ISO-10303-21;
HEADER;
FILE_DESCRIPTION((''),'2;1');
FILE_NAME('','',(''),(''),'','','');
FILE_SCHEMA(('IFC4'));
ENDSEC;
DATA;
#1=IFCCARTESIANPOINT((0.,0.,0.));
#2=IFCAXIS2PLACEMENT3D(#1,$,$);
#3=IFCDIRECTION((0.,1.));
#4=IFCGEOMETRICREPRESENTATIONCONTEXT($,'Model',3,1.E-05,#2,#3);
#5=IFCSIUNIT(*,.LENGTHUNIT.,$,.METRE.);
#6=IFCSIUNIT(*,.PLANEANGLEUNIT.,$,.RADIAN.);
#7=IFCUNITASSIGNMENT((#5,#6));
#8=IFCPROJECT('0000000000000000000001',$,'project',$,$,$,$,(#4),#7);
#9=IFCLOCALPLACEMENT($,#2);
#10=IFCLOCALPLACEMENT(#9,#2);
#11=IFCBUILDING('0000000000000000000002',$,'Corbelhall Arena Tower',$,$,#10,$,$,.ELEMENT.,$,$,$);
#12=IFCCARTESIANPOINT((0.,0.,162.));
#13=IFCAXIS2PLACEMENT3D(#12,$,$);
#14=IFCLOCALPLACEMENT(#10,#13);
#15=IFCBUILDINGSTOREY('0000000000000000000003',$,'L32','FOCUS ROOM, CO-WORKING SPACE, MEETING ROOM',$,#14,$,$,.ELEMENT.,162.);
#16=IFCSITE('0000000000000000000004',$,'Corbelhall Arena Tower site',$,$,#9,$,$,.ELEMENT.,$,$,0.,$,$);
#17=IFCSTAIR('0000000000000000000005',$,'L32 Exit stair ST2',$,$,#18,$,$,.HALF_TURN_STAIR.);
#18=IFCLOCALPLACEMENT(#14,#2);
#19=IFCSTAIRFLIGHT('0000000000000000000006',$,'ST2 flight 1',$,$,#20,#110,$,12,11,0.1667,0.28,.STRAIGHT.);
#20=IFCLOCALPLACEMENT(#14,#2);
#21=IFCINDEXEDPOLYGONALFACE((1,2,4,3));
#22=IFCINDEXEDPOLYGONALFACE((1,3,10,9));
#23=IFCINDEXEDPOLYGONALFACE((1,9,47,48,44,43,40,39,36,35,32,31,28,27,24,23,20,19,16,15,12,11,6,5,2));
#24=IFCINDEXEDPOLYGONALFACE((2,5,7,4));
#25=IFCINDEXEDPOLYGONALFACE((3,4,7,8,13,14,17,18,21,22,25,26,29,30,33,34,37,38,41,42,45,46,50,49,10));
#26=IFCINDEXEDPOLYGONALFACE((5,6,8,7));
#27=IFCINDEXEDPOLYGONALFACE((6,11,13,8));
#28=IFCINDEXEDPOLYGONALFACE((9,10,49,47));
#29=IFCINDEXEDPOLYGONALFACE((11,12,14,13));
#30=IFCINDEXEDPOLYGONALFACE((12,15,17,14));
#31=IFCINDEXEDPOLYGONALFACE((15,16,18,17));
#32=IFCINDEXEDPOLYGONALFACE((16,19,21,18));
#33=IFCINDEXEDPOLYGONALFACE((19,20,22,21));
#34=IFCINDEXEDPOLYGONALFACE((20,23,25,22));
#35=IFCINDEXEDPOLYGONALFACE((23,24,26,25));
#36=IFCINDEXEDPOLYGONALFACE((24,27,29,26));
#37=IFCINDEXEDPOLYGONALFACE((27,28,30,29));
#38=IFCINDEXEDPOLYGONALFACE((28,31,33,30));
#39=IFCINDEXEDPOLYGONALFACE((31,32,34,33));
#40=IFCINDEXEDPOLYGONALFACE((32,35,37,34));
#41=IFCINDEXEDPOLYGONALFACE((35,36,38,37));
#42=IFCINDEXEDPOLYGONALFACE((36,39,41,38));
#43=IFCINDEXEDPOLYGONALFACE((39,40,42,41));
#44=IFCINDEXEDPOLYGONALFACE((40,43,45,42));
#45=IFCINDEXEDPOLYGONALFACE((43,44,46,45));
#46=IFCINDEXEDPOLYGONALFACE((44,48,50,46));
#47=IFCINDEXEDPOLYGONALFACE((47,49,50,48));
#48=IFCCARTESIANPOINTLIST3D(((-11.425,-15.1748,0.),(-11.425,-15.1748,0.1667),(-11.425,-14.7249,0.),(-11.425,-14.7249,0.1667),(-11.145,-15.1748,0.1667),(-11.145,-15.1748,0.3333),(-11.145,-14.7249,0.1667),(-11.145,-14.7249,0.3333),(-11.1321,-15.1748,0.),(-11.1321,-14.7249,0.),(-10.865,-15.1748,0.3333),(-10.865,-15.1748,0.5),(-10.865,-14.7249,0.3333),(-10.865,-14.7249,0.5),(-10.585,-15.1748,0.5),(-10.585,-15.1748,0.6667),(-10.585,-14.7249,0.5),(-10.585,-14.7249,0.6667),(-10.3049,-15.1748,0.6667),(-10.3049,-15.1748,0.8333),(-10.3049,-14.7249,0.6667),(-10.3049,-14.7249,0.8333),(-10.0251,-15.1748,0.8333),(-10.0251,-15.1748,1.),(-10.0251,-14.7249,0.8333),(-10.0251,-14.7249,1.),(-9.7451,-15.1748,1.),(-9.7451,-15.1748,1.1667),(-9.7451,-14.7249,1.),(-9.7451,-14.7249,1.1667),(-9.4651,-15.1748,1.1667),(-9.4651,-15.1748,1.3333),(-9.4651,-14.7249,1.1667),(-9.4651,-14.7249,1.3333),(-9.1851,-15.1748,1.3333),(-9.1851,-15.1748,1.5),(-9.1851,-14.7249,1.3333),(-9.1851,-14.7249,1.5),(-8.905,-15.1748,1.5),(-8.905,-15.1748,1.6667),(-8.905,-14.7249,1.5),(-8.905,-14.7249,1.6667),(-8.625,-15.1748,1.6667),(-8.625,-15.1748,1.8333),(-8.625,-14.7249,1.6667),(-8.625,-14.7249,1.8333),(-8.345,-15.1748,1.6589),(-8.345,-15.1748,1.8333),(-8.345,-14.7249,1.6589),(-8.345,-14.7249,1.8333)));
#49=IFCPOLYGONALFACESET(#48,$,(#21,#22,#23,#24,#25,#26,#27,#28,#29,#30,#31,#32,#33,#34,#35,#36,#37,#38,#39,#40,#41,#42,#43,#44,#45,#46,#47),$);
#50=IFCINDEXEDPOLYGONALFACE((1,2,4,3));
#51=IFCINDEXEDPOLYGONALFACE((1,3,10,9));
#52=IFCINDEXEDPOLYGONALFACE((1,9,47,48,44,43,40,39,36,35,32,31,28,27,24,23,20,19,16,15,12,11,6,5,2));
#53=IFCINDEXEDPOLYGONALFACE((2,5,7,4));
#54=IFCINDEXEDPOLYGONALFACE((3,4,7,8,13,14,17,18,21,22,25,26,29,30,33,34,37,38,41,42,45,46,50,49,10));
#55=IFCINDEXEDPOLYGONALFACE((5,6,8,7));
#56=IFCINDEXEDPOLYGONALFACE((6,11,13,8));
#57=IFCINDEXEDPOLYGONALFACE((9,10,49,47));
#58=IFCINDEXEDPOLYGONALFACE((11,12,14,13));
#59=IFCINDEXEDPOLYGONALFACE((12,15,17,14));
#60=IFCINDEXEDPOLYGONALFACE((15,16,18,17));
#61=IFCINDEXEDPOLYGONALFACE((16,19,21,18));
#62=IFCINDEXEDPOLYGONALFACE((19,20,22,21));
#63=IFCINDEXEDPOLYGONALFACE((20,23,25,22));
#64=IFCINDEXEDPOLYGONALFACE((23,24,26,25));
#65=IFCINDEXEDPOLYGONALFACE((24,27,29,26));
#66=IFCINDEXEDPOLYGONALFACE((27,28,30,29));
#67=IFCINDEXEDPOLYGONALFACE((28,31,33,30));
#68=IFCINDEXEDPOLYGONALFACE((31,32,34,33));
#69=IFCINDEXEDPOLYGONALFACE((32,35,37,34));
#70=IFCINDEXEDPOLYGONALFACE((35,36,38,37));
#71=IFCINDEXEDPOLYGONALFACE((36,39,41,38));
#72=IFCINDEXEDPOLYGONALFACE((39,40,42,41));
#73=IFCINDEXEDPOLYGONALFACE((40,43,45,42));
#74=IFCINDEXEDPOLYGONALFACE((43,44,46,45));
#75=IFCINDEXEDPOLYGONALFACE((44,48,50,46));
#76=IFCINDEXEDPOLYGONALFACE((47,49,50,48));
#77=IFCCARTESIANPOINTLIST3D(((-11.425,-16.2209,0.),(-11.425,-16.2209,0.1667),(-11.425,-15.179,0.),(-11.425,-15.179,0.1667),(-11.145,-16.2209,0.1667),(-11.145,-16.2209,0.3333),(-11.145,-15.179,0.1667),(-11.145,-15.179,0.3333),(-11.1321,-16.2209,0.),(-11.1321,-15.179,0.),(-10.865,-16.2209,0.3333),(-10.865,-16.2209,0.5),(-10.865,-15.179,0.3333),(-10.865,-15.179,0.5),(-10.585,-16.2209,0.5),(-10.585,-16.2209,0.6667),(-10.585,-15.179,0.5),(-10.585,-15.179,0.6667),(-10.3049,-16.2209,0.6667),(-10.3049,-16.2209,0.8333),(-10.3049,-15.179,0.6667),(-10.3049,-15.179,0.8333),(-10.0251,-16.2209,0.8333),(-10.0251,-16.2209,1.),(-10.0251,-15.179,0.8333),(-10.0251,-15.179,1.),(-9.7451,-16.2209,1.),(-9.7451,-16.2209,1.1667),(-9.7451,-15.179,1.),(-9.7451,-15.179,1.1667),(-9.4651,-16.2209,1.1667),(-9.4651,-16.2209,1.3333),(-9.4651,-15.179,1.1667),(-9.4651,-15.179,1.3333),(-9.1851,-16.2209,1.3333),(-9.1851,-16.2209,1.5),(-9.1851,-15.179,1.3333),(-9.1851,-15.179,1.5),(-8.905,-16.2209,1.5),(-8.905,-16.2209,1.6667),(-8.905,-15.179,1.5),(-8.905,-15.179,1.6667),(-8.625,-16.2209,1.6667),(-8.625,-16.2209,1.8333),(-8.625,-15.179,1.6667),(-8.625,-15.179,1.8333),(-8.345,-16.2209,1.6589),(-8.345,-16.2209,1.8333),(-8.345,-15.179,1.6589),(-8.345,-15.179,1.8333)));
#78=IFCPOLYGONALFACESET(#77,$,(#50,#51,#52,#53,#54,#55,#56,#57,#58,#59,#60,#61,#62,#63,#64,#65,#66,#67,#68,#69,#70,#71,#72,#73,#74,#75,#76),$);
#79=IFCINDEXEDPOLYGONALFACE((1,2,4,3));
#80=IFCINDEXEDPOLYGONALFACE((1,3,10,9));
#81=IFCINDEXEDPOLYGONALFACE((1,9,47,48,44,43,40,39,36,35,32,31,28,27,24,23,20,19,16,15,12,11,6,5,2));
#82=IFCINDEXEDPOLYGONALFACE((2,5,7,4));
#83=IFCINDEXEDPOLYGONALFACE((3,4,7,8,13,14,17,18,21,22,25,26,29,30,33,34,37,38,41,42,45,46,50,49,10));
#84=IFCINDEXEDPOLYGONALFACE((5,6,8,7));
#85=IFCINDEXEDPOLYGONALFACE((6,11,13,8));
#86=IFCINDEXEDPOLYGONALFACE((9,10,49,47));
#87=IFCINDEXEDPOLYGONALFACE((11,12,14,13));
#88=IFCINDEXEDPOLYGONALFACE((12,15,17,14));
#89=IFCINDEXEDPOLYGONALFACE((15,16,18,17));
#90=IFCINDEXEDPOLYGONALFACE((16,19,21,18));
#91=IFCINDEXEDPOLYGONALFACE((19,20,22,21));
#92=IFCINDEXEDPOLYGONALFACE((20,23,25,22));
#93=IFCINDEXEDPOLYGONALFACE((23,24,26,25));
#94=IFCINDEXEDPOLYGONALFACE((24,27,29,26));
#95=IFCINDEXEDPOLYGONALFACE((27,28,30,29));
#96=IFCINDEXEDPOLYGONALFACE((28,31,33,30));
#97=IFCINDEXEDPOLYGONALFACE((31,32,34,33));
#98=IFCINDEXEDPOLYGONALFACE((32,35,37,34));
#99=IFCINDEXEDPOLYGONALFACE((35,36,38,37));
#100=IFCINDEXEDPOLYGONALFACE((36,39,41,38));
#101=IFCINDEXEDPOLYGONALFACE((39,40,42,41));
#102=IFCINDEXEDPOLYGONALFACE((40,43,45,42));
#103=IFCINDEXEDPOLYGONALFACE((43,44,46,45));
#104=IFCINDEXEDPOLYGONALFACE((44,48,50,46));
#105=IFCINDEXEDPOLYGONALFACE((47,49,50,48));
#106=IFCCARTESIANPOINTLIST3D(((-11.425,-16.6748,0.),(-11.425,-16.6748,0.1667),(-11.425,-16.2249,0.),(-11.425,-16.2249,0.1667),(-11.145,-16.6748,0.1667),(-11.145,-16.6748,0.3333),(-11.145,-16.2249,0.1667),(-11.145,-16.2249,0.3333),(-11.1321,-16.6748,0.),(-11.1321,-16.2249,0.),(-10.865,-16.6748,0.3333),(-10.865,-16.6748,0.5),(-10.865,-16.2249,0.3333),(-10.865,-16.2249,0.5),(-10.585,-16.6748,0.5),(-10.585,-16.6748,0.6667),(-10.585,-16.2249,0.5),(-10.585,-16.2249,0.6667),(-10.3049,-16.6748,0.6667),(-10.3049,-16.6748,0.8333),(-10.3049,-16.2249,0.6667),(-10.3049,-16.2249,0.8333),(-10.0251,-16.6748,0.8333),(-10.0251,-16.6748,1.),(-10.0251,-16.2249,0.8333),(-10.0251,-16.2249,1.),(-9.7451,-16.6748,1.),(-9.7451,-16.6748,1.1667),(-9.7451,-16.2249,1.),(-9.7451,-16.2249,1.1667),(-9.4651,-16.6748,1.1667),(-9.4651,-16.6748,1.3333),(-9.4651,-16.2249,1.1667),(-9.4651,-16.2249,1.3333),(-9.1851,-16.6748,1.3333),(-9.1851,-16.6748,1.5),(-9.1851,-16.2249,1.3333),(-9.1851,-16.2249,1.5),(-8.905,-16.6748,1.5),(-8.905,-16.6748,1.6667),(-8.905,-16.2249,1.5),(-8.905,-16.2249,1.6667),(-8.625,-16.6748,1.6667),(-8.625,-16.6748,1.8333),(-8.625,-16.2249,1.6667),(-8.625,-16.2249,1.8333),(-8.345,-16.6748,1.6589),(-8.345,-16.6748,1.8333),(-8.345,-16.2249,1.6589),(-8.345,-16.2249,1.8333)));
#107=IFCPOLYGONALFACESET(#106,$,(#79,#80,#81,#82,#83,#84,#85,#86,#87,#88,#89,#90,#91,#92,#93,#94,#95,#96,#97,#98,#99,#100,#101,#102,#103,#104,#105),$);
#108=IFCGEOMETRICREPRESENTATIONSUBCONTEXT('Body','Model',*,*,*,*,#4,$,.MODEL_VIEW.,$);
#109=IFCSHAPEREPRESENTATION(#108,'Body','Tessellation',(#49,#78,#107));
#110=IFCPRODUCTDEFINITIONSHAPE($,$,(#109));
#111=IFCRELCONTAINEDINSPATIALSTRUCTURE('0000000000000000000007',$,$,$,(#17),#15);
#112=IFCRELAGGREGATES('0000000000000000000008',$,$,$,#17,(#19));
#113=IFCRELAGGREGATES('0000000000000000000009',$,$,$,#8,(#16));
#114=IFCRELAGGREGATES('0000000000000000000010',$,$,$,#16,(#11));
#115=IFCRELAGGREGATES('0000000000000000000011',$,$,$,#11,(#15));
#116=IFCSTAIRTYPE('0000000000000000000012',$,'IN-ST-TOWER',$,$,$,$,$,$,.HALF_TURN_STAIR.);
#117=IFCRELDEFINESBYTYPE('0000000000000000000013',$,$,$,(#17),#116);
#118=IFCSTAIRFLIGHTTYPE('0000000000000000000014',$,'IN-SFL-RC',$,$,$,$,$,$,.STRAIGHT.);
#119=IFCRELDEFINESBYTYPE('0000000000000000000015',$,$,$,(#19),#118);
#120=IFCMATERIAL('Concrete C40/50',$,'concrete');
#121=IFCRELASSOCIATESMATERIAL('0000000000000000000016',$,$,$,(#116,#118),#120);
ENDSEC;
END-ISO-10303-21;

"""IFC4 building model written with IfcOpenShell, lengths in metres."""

from ifc_helpers import new_model, si_unit, direction, frame, origin, place, context, subcontext, project, spatial, polyline, outline, extrude, material, type_object, element, aggregate, save


model = new_model("IFC4")

# Units and contexts
model_context = context("Model", 3, precision=1e-05, world=origin(), true_north=direction((0.0, 1.0)))
body_context = subcontext(model_context, "Body", "Model", "MODEL_VIEW")
ifc_project = project(units=[si_unit("LENGTHUNIT", "METRE"), si_unit("PLANEANGLEUNIT", "RADIAN")], contexts=[model_context])

# Site, building, storey
site_placement = place(None, origin())
site = spatial("IfcSite", under=ifc_project, at=site_placement, Name="Corbelhall Arena Tower site", CompositionType="ELEMENT", RefElevation=0.0)
building_placement = place(site_placement, origin())
building = spatial("IfcBuilding", under=site, at=building_placement, Name="Corbelhall Arena Tower", CompositionType="ELEMENT")
storey_placement = place(building_placement, frame((0.0, 0.0, 162.0)))
storey = spatial("IfcBuildingStorey", under=building, at=storey_placement, Name="L32", Description="FOCUS ROOM, CO-WORKING SPACE, MEETING ROOM", CompositionType="ELEMENT", Elevation=162.0)

# Stair, stair flight
ifc_material_1 = material(Name="Concrete C40/50", Category="concrete")
stair_type = type_object("IfcStairType", Name="IN-ST-TOWER", PredefinedType="HALF_TURN_STAIR", material=ifc_material_1)
stair_placement = place(storey_placement, origin())
stair = element("IfcStair", 1, at=stair_placement, inside=storey, type_object=stair_type, Name="L32 Exit stair ST2", PredefinedType="HALF_TURN_STAIR")
stair_flight_type = type_object("IfcStairFlightType", Name="IN-SFL-RC", PredefinedType="STRAIGHT", material=ifc_material_1)
stair_flight_placement = place(storey_placement, frame((-11.425, -15.7, 0.0), z_axis=(0.0, 0.0, 1.0), x_axis=(1.0, 0.0, 0.0)))
stair_flight = element("IfcStairFlight", 2, at=stair_flight_placement, type_object=stair_flight_type, Name="ST2 flight 1", NumberOfRisers=12, NumberOfTreads=11, PredefinedType="STRAIGHT", RiserHeight=0.1667, TreadLength=0.28, context=body_context, shape_type="SweptSolid", body=[
    extrude(outline(polyline([(0.0, 0.0), (0.0, 0.1667), (0.28, 0.1667), (0.28, 0.3333), (0.5601, 0.3333), (0.5601, 0.5), (0.8401, 0.5), (0.8401, 0.6667), (1.1201, 0.6667), (1.1201, 0.8333), (1.3999, 0.8333), (1.3999, 1.0), (1.6799, 1.0), (1.6799, 1.1667), (1.96, 1.1667), (1.96, 1.3333), (2.24, 1.3333), (2.24, 1.5), (2.52, 1.5), (2.52, 1.6667), (2.8, 1.6667), (2.8, 1.8333), (3.0801, 1.8333), (3.0801, 2.0), (3.0801, 1.6589), (0.293, 0.0), (0.0, 0.0)])), frame((0.0, 0.9751, 0.0), z_axis=(0.0, -1.0, 0.0), x_axis=(1.0, 0.0, 0.0)), (0.0, 0.0, 1.0), 0.45),
    extrude(outline(polyline([(0.0, 0.0), (0.0, 0.1667), (0.28, 0.1667), (0.28, 0.3333), (0.5601, 0.3333), (0.5601, 0.5), (0.8401, 0.5), (0.8401, 0.6667), (1.1201, 0.6667), (1.1201, 0.8333), (1.3999, 0.8333), (1.3999, 1.0), (1.6799, 1.0), (1.6799, 1.1667), (1.96, 1.1667), (1.96, 1.3333), (2.24, 1.3333), (2.24, 1.5), (2.52, 1.5), (2.52, 1.6667), (2.8, 1.6667), (2.8, 1.8333), (3.0801, 1.8333), (3.0801, 2.0), (3.0801, 1.6589), (0.293, 0.0), (0.0, 0.0)])), frame((0.0, 0.521, 0.0), z_axis=(0.0, -1.0, 0.0), x_axis=(1.0, 0.0, 0.0)), (0.0, 0.0, 1.0), 1.042),
    extrude(outline(polyline([(0.0, 0.0), (0.0, 0.1667), (0.28, 0.1667), (0.28, 0.3333), (0.5601, 0.3333), (0.5601, 0.5), (0.8401, 0.5), (0.8401, 0.6667), (1.1201, 0.6667), (1.1201, 0.8333), (1.3999, 0.8333), (1.3999, 1.0), (1.6799, 1.0), (1.6799, 1.1667), (1.96, 1.1667), (1.96, 1.3333), (2.24, 1.3333), (2.24, 1.5), (2.52, 1.5), (2.52, 1.6667), (2.8, 1.6667), (2.8, 1.8333), (3.0801, 1.8333), (3.0801, 2.0), (3.0801, 1.6589), (0.293, 0.0), (0.0, 0.0)])), frame((0.0, -0.5249, 0.0), z_axis=(0.0, -1.0, 0.0), x_axis=(1.0, 0.0, 0.0)), (0.0, 0.0, 1.0), 0.45),
])
aggregate(stair, [stair_flight])

save(model, "model.ifc")
